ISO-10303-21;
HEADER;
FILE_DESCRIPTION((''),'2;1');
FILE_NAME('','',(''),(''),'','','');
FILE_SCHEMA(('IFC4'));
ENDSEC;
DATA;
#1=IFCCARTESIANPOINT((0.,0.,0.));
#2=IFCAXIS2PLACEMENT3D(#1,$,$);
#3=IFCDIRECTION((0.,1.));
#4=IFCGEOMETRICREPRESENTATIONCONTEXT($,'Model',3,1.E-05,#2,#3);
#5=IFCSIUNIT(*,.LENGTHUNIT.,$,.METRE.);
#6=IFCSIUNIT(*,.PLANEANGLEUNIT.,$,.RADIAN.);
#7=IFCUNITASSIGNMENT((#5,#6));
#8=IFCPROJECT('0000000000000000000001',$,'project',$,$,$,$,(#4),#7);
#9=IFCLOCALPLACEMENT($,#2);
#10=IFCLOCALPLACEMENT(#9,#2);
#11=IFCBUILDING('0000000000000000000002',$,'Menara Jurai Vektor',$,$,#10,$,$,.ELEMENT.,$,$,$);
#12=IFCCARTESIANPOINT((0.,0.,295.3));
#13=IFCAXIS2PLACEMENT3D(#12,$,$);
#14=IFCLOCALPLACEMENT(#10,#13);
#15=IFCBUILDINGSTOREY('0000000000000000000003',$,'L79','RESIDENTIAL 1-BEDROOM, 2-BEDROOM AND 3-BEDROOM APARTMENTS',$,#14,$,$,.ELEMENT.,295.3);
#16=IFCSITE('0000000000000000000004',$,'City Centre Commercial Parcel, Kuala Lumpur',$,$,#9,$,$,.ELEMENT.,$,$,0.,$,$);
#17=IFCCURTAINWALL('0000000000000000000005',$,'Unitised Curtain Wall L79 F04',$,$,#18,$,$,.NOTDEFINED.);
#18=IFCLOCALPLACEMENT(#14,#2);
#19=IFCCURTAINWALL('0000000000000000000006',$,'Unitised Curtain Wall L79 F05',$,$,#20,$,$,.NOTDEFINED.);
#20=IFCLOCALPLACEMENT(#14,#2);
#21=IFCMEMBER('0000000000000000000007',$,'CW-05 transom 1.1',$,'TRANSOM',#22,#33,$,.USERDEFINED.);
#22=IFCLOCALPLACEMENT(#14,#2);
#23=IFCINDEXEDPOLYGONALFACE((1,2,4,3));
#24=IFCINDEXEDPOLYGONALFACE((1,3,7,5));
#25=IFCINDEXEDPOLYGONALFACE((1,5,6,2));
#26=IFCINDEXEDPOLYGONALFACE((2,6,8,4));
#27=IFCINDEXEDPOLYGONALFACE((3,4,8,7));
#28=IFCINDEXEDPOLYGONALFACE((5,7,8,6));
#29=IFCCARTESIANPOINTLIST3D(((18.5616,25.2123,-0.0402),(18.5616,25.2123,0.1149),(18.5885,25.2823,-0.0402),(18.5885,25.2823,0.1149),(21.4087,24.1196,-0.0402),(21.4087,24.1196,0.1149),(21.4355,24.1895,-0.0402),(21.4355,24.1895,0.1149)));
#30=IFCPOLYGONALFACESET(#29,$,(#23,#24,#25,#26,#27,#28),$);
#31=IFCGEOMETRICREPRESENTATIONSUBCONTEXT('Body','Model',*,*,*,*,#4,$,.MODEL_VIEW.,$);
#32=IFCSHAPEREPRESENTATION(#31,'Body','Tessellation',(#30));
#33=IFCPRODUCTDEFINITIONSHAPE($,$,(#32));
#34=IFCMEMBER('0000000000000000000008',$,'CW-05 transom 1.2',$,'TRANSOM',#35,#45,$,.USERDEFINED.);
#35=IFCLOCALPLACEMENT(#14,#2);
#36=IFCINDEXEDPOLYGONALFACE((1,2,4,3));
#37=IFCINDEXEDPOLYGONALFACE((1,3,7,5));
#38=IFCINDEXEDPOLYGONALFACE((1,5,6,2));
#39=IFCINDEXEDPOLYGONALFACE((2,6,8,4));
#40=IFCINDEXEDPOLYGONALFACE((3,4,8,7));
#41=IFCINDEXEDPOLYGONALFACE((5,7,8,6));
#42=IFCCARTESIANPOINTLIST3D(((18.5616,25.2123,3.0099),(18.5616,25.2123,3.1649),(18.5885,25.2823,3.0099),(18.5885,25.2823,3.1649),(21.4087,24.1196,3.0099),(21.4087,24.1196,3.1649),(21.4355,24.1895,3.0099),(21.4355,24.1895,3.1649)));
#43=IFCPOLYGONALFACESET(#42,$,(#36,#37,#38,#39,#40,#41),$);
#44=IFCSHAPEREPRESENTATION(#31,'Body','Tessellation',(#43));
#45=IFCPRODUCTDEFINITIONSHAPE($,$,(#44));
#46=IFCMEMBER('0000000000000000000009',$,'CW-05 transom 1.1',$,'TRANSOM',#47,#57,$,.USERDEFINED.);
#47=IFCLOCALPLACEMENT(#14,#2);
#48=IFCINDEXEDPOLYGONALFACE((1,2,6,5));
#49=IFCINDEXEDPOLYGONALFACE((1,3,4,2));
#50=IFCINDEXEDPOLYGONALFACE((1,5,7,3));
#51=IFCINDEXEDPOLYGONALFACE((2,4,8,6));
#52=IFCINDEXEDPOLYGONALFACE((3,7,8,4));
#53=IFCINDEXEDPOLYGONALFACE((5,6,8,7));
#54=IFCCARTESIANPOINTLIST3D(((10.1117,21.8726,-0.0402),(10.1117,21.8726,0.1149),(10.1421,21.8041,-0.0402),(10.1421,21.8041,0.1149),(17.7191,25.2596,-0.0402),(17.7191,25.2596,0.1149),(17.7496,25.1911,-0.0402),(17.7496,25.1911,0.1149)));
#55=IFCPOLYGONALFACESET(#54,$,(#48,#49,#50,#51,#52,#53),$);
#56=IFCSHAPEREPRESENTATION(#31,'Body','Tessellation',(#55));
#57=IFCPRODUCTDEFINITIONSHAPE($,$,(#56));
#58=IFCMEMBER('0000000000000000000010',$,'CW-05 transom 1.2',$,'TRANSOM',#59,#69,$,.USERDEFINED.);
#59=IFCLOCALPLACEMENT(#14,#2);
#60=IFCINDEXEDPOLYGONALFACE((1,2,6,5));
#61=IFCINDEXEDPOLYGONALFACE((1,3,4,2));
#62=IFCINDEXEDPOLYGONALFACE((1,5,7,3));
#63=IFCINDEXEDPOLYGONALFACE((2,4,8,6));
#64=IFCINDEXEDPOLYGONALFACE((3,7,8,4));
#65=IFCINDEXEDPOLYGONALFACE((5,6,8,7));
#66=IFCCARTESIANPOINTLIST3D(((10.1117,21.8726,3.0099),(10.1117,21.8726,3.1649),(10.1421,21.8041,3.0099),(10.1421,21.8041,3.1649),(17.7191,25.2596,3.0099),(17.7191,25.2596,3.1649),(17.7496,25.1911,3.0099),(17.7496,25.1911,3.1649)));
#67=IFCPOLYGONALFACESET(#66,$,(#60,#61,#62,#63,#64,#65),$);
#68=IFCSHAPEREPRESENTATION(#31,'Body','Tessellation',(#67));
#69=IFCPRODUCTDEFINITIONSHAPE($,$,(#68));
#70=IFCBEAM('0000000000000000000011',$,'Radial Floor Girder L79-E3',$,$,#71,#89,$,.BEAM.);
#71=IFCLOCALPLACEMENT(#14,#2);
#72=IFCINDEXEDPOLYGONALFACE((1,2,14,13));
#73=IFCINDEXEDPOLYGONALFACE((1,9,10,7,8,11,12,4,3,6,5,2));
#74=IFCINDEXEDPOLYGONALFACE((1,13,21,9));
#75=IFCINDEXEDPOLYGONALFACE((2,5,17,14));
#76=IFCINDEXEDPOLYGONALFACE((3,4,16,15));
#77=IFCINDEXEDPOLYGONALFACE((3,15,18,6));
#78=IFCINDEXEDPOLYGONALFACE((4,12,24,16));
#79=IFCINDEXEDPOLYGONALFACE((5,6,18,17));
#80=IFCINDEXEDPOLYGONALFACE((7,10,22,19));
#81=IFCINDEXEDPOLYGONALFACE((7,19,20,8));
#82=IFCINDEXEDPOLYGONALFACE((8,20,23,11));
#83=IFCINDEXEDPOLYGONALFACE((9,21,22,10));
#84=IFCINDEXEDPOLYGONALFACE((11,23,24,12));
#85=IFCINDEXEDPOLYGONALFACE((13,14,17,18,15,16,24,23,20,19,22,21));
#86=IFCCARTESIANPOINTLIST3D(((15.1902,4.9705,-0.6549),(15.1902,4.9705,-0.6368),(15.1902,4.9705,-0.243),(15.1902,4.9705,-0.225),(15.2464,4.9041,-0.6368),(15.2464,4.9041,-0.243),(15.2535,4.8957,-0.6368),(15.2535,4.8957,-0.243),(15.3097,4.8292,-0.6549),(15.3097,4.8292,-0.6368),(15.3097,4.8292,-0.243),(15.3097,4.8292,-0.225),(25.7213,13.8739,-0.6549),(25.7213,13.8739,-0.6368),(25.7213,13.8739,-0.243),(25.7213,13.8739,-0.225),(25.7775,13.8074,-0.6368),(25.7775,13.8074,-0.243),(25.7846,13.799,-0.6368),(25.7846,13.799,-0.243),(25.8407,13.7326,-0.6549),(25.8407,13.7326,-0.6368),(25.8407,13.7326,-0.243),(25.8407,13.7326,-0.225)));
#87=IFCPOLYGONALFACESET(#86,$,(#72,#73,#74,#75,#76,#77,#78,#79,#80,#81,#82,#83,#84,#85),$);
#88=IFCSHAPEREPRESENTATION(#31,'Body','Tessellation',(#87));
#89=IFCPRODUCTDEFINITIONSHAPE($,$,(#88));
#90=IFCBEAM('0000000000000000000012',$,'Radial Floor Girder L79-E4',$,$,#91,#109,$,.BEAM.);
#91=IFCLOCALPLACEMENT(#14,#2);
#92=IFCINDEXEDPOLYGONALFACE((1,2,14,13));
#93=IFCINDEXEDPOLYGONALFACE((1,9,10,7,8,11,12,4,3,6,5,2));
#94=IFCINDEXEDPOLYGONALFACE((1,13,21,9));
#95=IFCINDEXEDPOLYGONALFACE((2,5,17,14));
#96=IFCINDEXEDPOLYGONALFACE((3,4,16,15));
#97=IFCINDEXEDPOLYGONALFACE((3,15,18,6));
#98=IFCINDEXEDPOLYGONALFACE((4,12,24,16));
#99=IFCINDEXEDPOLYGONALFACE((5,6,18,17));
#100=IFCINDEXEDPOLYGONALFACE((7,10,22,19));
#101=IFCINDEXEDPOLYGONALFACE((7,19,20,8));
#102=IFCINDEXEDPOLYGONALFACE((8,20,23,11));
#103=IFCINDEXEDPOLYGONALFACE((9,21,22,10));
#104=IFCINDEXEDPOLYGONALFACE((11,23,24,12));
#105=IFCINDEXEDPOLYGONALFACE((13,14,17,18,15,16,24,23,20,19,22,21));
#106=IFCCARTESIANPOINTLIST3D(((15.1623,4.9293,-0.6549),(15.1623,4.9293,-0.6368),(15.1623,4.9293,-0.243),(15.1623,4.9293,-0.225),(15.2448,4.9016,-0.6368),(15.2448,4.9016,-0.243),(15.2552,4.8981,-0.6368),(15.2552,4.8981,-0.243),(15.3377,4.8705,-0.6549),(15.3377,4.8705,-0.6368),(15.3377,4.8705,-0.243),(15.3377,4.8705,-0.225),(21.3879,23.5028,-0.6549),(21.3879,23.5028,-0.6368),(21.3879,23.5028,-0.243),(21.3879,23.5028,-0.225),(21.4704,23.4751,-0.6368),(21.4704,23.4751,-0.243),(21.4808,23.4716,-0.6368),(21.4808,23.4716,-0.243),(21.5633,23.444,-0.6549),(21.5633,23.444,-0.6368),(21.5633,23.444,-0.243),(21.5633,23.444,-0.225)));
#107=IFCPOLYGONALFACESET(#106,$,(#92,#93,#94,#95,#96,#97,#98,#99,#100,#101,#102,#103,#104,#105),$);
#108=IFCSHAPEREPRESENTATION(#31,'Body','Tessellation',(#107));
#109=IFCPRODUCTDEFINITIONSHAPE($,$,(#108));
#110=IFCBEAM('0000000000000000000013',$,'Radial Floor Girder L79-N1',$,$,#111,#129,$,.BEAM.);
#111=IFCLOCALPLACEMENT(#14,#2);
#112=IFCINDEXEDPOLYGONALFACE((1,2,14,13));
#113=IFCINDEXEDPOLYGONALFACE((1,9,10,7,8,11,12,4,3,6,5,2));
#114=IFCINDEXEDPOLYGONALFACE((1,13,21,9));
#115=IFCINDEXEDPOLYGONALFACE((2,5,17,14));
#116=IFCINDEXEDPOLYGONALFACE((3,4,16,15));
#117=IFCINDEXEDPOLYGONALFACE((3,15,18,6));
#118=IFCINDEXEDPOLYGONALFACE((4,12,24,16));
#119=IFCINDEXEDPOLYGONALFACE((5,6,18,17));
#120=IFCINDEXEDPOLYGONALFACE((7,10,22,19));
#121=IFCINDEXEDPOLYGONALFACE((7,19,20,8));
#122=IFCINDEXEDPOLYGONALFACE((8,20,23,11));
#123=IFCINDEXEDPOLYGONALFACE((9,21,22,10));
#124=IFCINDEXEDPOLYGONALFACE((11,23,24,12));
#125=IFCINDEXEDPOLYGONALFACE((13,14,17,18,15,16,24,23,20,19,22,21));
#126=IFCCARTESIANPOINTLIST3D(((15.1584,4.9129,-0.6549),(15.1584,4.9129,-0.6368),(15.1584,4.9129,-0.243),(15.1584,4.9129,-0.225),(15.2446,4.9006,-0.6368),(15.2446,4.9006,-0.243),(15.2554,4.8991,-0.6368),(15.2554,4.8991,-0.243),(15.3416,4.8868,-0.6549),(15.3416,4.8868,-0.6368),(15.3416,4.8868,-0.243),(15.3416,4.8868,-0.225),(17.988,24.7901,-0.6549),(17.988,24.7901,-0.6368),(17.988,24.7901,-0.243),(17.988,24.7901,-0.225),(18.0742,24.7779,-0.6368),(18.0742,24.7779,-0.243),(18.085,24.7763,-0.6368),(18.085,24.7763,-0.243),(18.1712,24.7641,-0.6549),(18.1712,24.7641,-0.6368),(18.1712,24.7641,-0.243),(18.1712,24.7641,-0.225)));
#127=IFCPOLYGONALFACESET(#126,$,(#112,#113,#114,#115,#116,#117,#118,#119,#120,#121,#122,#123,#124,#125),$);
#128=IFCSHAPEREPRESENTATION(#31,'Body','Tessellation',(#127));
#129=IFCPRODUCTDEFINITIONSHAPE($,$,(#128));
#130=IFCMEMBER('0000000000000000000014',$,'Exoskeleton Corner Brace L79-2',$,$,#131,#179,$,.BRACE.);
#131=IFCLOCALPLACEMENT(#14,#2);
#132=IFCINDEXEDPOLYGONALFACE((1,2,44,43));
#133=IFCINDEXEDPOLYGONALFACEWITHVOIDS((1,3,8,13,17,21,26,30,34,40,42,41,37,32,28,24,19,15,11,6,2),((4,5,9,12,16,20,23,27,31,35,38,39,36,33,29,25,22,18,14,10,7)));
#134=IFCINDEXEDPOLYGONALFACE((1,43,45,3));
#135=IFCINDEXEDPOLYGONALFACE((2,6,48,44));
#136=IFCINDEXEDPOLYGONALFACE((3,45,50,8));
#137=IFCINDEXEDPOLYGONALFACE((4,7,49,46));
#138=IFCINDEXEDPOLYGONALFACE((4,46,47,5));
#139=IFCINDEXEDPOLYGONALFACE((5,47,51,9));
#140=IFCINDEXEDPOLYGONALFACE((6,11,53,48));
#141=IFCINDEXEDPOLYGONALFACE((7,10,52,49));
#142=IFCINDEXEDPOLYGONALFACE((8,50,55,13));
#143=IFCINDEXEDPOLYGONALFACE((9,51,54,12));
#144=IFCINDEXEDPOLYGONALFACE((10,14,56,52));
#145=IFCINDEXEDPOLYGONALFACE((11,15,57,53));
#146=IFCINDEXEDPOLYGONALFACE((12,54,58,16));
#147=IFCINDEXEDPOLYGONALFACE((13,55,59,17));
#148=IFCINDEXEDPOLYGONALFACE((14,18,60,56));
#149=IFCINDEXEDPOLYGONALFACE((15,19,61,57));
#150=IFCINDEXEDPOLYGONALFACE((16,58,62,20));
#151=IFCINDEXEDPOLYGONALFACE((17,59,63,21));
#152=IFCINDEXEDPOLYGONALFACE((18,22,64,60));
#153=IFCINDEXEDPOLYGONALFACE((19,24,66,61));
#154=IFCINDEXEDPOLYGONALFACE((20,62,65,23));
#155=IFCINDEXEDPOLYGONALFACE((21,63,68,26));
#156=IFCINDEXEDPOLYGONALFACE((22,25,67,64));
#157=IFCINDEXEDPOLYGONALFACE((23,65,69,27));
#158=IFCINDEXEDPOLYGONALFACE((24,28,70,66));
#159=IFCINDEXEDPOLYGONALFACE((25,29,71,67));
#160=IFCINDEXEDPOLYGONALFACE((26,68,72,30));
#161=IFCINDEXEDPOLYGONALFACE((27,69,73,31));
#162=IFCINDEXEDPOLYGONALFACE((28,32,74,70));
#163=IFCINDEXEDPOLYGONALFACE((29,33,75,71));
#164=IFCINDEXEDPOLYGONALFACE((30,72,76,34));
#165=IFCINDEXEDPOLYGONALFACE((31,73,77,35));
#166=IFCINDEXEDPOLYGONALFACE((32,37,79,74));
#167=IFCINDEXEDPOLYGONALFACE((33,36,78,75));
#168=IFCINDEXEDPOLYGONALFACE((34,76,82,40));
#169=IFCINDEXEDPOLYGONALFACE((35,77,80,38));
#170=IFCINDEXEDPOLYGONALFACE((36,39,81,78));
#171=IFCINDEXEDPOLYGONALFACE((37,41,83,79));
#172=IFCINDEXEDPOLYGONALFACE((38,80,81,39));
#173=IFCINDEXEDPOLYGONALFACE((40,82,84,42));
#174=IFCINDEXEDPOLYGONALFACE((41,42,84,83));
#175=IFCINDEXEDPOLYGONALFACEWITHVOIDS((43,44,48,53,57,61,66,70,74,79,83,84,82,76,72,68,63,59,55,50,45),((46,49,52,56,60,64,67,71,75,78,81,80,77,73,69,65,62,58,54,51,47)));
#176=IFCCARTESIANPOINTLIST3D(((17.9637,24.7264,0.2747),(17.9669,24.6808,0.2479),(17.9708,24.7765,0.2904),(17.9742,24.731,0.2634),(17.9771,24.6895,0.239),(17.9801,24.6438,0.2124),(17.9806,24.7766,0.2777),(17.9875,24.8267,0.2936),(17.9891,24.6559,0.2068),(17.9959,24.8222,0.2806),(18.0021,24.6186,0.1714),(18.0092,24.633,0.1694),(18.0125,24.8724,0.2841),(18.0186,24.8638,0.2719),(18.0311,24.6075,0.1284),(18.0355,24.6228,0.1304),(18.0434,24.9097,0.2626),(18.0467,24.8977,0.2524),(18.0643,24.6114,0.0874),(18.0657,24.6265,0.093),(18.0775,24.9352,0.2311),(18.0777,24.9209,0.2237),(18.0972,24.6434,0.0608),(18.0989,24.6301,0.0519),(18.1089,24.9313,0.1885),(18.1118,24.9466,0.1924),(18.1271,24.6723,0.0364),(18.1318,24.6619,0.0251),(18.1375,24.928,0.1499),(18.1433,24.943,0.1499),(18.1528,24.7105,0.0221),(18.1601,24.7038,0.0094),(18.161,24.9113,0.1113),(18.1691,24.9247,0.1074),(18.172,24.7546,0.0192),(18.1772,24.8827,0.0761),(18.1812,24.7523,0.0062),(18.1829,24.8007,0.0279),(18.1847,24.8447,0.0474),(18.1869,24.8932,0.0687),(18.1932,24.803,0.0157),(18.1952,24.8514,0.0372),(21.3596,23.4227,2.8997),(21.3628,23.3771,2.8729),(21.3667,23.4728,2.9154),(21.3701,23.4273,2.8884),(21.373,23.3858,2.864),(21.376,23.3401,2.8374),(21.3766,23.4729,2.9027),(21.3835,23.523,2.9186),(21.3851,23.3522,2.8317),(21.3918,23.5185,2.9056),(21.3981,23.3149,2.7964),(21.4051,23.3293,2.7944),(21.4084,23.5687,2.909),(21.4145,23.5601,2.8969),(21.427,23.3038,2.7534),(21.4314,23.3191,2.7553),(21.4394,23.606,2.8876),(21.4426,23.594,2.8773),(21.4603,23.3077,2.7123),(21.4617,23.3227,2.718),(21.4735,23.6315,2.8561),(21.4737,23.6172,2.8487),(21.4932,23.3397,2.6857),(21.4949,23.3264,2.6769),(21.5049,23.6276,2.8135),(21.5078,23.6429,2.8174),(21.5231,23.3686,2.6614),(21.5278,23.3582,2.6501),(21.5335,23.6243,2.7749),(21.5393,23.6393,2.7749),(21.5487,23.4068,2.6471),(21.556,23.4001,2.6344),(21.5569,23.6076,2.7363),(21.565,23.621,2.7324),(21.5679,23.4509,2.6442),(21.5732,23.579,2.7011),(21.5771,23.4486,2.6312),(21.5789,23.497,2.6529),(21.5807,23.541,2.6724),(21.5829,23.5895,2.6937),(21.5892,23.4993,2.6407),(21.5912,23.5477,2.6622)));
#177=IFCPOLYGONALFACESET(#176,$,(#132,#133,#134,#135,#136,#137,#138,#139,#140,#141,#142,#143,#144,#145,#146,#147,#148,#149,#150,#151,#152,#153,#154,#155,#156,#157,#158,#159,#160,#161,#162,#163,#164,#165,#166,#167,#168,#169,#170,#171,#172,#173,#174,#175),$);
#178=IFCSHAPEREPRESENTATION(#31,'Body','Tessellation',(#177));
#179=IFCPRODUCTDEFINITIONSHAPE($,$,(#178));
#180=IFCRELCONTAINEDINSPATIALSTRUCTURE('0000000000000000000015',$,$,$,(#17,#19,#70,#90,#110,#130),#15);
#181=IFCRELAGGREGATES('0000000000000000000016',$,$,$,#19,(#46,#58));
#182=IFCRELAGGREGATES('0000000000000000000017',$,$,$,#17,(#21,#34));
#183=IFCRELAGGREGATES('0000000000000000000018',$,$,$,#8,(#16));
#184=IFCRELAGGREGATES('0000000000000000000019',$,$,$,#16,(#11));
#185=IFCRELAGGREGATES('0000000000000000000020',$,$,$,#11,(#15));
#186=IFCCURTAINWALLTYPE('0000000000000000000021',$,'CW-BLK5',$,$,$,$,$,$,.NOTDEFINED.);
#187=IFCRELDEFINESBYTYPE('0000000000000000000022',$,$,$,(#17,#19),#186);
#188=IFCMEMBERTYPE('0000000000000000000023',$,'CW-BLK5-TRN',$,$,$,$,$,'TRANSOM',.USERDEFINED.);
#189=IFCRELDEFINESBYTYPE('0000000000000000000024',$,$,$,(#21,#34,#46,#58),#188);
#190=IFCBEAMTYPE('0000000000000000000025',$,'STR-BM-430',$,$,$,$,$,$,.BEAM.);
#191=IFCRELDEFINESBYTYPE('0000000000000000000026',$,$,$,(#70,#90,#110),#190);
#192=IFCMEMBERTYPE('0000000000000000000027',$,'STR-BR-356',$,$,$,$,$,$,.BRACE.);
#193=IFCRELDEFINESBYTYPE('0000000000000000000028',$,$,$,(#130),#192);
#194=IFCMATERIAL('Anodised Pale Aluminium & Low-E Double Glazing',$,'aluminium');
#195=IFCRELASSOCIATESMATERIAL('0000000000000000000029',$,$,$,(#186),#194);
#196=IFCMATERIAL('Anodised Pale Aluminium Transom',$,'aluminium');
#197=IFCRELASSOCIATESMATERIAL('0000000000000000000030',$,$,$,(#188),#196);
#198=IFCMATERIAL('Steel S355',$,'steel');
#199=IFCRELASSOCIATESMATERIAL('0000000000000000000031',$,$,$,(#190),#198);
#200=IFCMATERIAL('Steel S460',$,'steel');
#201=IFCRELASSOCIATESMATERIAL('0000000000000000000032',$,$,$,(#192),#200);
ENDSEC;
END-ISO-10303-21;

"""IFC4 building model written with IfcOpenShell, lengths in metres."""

from ifc_helpers import new_model, si_unit, direction, frame, origin, origin_2d, place, context, subcontext, project, spatial, rectangle, hollow_circle, i_section, extrude, material, material_profile, profile_set, type_object, element, aggregate, save


model = new_model("IFC4")

# Units and contexts
model_context = context("Model", 3, precision=1e-05, world=origin(), true_north=direction((0.0, 1.0)))
body_context = subcontext(model_context, "Body", "Model", "MODEL_VIEW")
ifc_project = project(units=[si_unit("LENGTHUNIT", "METRE"), si_unit("PLANEANGLEUNIT", "RADIAN")], contexts=[model_context])

# Site, building, storey
site_placement = place(None, origin())
site = spatial("IfcSite", under=ifc_project, at=site_placement, Name="City Centre Commercial Parcel, Kuala Lumpur", CompositionType="ELEMENT", RefElevation=0.0)
building_placement = place(site_placement, origin())
building = spatial("IfcBuilding", under=site, at=building_placement, Name="Menara Jurai Vektor", CompositionType="ELEMENT")
storey_placement = place(building_placement, frame((0.0, 0.0, 295.3)))
storey = spatial("IfcBuildingStorey", under=building, at=storey_placement, Name="L79", Description="RESIDENTIAL 1-BEDROOM, 2-BEDROOM AND 3-BEDROOM APARTMENTS", CompositionType="ELEMENT", Elevation=295.3)

# Shared definitions
ifc_material_1 = material(Name="Steel S460", Category="steel")

# Curtain wall
ifc_material_2 = material(Name="Anodised Pale Aluminium & Low-E Double Glazing", Category="aluminium")
curtain_wall_type = type_object("IfcCurtainWallType", Name="CW-BLK5", PredefinedType="NOTDEFINED", material=ifc_material_2)
curtain_wall_1_placement = place(storey_placement, origin())
curtain_wall_1 = element("IfcCurtainWall", 1, at=curtain_wall_1_placement, inside=storey, type_object=curtain_wall_type, Name="Unitised Curtain Wall L79 F04", PredefinedType="NOTDEFINED")

# Curtain wall
curtain_wall_2_placement = place(storey_placement, origin())
curtain_wall_2 = element("IfcCurtainWall", 2, at=curtain_wall_2_placement, inside=storey, type_object=curtain_wall_type, Name="Unitised Curtain Wall L79 F05", PredefinedType="NOTDEFINED")

# Members
ifc_material_3 = material(Name="Anodised Pale Aluminium Transom", Category="aluminium")
ifc_material_profile_1 = material_profile(ifc_material_3, rectangle(XDim=0.075, YDim=0.155, at=origin_2d()), Name="ALU TRN 75x155")
ifc_profile_set_1 = profile_set([ifc_material_profile_1], Name="Anodised Pale Aluminium Transom")
member_type_1 = type_object("IfcMemberType", Name="CW-BLK5-TRN", ElementType="TRANSOM", PredefinedType="USERDEFINED", material=ifc_profile_set_1)
member_1_placement = place(storey_placement, frame((21.4221, 24.1545, 0.0374), z_axis=(-0.933597, 0.358325, 0.0), x_axis=(-0.358325, -0.933597, 0.0)))
member_1 = element("IfcMember", 3, at=member_1_placement, type_object=member_type_1, Name="CW-05 transom 1.1", ObjectType="TRANSOM", PredefinedType="USERDEFINED", context=body_context, shape_type="SweptSolid", body=[
    extrude(rectangle(XDim=0.075, YDim=0.155, at=origin_2d()), origin(), (0.0, 0.0, 1.0), 3.0496),
])
member_2_placement = place(storey_placement, frame((21.4221, 24.1545, 3.0874), z_axis=(-0.933597, 0.358325, 0.0), x_axis=(-0.358325, -0.933597, 0.0)))
member_2 = element("IfcMember", 4, at=member_2_placement, type_object=member_type_1, Name="CW-05 transom 1.2", ObjectType="TRANSOM", PredefinedType="USERDEFINED", context=body_context, shape_type="SweptSolid", body=[
    extrude(rectangle(XDim=0.075, YDim=0.155, at=origin_2d()), origin(), (0.0, 0.0, 1.0), 3.0496),
])
member_3_placement = place(storey_placement, frame((17.7344, 25.2253, 0.0374), z_axis=(-0.913549, -0.406729, 0.0), x_axis=(0.406729, -0.913549, 0.0)))
member_3 = element("IfcMember", 5, at=member_3_placement, type_object=member_type_1, Name="CW-05 transom 1.1", ObjectType="TRANSOM", PredefinedType="USERDEFINED", context=body_context, shape_type="SweptSolid", body=[
    extrude(rectangle(XDim=0.075, YDim=0.155, at=origin_2d()), origin(), (0.0, 0.0, 1.0), 8.3274),
])
member_4_placement = place(storey_placement, frame((17.7344, 25.2253, 3.0874), z_axis=(-0.913549, -0.406729, 0.0), x_axis=(0.406729, -0.913549, 0.0)))
member_4 = element("IfcMember", 6, at=member_4_placement, type_object=member_type_1, Name="CW-05 transom 1.2", ObjectType="TRANSOM", PredefinedType="USERDEFINED", context=body_context, shape_type="SweptSolid", body=[
    extrude(rectangle(XDim=0.075, YDim=0.155, at=origin_2d()), origin(), (0.0, 0.0, 1.0), 8.3274),
])
aggregate(curtain_wall_2, [member_3, member_4])

# Beams
ifc_material_4 = material(Name="Steel S355", Category="steel")
ifc_material_profile_2 = material_profile(ifc_material_4, i_section(OverallWidth=0.1851, OverallDepth=0.4299, WebThickness=0.011, FlangeThickness=0.0181, at=origin_2d()), Name="PG 430x185x76")
ifc_profile_set_2 = profile_set([ifc_material_profile_2], Name="Steel S355")
beam_type_1 = type_object("IfcBeamType", Name="STR-BM-430", PredefinedType="BEAM", material=ifc_profile_set_2)
beam_1_placement = place(storey_placement, frame((25.781, 13.8032, -0.4399), z_axis=(-0.763656, -0.645624, 0.0), x_axis=(0.645624, -0.763656, 0.0)))
element("IfcBeam", 7, at=beam_1_placement, inside=storey, type_object=beam_type_1, Name="Radial Floor Girder L79-E3", PredefinedType="BEAM", context=body_context, shape_type="SweptSolid", body=[
    extrude(i_section(OverallWidth=0.1851, OverallDepth=0.4299, WebThickness=0.011, FlangeThickness=0.0181, at=origin_2d()), origin(), (0.0, 0.0, 1.0), 13.7903),
])
beam_2_placement = place(storey_placement, frame((21.4756, 23.4734, -0.4399), z_axis=(-0.317809, -0.948155, 0.0), x_axis=(0.948155, -0.317809, 0.0)))
element("IfcBeam", 8, at=beam_2_placement, inside=storey, type_object=beam_type_1, Name="Radial Floor Girder L79-E4", PredefinedType="BEAM", context=body_context, shape_type="SweptSolid", body=[
    extrude(i_section(OverallWidth=0.1851, OverallDepth=0.4299, WebThickness=0.011, FlangeThickness=0.0181, at=origin_2d()), origin(), (0.0, 0.0, 1.0), 19.5891),
])
beam_3_placement = place(storey_placement, frame((18.0796, 24.7771, -0.4399), z_axis=(-0.140933, -0.990019, 0.0), x_axis=(0.990019, -0.140933, 0.0)))
element("IfcBeam", 9, at=beam_3_placement, inside=storey, type_object=beam_type_1, Name="Radial Floor Girder L79-N1", PredefinedType="BEAM", context=body_context, shape_type="SweptSolid", body=[
    extrude(i_section(OverallWidth=0.1851, OverallDepth=0.4299, WebThickness=0.011, FlangeThickness=0.0181, at=origin_2d()), origin(), (0.0, 0.0, 1.0), 20.0776),
])

# Member
ifc_material_profile_3 = material_profile(ifc_material_1, hollow_circle(Radius=0.1777, WallThickness=0.0161, at=origin_2d()), Name="CHS 355.6x16")
ifc_profile_set_3 = profile_set([ifc_material_profile_3], Name="Steel S460")
member_type_2 = type_object("IfcMemberType", Name="STR-BR-356", PredefinedType="BRACE", material=ifc_profile_set_3)
member_5_placement = place(storey_placement, frame((18.0796, 24.7771, 0.1499), z_axis=(0.757042, -0.290626, 0.58517), x_axis=(0.358394, 0.93357, 0.0)))
element("IfcMember", 10, at=member_5_placement, inside=storey, type_object=member_type_2, Name="Exoskeleton Corner Brace L79-2", PredefinedType="BRACE", context=body_context, shape_type="SweptSolid", body=[
    extrude(hollow_circle(Radius=0.1777, WallThickness=0.0161, at=origin_2d()), origin(), (0.0, 0.0, 1.0), 4.4858),
])

aggregate(curtain_wall_1, [member_1, member_2])

save(model, "model.ifc")
